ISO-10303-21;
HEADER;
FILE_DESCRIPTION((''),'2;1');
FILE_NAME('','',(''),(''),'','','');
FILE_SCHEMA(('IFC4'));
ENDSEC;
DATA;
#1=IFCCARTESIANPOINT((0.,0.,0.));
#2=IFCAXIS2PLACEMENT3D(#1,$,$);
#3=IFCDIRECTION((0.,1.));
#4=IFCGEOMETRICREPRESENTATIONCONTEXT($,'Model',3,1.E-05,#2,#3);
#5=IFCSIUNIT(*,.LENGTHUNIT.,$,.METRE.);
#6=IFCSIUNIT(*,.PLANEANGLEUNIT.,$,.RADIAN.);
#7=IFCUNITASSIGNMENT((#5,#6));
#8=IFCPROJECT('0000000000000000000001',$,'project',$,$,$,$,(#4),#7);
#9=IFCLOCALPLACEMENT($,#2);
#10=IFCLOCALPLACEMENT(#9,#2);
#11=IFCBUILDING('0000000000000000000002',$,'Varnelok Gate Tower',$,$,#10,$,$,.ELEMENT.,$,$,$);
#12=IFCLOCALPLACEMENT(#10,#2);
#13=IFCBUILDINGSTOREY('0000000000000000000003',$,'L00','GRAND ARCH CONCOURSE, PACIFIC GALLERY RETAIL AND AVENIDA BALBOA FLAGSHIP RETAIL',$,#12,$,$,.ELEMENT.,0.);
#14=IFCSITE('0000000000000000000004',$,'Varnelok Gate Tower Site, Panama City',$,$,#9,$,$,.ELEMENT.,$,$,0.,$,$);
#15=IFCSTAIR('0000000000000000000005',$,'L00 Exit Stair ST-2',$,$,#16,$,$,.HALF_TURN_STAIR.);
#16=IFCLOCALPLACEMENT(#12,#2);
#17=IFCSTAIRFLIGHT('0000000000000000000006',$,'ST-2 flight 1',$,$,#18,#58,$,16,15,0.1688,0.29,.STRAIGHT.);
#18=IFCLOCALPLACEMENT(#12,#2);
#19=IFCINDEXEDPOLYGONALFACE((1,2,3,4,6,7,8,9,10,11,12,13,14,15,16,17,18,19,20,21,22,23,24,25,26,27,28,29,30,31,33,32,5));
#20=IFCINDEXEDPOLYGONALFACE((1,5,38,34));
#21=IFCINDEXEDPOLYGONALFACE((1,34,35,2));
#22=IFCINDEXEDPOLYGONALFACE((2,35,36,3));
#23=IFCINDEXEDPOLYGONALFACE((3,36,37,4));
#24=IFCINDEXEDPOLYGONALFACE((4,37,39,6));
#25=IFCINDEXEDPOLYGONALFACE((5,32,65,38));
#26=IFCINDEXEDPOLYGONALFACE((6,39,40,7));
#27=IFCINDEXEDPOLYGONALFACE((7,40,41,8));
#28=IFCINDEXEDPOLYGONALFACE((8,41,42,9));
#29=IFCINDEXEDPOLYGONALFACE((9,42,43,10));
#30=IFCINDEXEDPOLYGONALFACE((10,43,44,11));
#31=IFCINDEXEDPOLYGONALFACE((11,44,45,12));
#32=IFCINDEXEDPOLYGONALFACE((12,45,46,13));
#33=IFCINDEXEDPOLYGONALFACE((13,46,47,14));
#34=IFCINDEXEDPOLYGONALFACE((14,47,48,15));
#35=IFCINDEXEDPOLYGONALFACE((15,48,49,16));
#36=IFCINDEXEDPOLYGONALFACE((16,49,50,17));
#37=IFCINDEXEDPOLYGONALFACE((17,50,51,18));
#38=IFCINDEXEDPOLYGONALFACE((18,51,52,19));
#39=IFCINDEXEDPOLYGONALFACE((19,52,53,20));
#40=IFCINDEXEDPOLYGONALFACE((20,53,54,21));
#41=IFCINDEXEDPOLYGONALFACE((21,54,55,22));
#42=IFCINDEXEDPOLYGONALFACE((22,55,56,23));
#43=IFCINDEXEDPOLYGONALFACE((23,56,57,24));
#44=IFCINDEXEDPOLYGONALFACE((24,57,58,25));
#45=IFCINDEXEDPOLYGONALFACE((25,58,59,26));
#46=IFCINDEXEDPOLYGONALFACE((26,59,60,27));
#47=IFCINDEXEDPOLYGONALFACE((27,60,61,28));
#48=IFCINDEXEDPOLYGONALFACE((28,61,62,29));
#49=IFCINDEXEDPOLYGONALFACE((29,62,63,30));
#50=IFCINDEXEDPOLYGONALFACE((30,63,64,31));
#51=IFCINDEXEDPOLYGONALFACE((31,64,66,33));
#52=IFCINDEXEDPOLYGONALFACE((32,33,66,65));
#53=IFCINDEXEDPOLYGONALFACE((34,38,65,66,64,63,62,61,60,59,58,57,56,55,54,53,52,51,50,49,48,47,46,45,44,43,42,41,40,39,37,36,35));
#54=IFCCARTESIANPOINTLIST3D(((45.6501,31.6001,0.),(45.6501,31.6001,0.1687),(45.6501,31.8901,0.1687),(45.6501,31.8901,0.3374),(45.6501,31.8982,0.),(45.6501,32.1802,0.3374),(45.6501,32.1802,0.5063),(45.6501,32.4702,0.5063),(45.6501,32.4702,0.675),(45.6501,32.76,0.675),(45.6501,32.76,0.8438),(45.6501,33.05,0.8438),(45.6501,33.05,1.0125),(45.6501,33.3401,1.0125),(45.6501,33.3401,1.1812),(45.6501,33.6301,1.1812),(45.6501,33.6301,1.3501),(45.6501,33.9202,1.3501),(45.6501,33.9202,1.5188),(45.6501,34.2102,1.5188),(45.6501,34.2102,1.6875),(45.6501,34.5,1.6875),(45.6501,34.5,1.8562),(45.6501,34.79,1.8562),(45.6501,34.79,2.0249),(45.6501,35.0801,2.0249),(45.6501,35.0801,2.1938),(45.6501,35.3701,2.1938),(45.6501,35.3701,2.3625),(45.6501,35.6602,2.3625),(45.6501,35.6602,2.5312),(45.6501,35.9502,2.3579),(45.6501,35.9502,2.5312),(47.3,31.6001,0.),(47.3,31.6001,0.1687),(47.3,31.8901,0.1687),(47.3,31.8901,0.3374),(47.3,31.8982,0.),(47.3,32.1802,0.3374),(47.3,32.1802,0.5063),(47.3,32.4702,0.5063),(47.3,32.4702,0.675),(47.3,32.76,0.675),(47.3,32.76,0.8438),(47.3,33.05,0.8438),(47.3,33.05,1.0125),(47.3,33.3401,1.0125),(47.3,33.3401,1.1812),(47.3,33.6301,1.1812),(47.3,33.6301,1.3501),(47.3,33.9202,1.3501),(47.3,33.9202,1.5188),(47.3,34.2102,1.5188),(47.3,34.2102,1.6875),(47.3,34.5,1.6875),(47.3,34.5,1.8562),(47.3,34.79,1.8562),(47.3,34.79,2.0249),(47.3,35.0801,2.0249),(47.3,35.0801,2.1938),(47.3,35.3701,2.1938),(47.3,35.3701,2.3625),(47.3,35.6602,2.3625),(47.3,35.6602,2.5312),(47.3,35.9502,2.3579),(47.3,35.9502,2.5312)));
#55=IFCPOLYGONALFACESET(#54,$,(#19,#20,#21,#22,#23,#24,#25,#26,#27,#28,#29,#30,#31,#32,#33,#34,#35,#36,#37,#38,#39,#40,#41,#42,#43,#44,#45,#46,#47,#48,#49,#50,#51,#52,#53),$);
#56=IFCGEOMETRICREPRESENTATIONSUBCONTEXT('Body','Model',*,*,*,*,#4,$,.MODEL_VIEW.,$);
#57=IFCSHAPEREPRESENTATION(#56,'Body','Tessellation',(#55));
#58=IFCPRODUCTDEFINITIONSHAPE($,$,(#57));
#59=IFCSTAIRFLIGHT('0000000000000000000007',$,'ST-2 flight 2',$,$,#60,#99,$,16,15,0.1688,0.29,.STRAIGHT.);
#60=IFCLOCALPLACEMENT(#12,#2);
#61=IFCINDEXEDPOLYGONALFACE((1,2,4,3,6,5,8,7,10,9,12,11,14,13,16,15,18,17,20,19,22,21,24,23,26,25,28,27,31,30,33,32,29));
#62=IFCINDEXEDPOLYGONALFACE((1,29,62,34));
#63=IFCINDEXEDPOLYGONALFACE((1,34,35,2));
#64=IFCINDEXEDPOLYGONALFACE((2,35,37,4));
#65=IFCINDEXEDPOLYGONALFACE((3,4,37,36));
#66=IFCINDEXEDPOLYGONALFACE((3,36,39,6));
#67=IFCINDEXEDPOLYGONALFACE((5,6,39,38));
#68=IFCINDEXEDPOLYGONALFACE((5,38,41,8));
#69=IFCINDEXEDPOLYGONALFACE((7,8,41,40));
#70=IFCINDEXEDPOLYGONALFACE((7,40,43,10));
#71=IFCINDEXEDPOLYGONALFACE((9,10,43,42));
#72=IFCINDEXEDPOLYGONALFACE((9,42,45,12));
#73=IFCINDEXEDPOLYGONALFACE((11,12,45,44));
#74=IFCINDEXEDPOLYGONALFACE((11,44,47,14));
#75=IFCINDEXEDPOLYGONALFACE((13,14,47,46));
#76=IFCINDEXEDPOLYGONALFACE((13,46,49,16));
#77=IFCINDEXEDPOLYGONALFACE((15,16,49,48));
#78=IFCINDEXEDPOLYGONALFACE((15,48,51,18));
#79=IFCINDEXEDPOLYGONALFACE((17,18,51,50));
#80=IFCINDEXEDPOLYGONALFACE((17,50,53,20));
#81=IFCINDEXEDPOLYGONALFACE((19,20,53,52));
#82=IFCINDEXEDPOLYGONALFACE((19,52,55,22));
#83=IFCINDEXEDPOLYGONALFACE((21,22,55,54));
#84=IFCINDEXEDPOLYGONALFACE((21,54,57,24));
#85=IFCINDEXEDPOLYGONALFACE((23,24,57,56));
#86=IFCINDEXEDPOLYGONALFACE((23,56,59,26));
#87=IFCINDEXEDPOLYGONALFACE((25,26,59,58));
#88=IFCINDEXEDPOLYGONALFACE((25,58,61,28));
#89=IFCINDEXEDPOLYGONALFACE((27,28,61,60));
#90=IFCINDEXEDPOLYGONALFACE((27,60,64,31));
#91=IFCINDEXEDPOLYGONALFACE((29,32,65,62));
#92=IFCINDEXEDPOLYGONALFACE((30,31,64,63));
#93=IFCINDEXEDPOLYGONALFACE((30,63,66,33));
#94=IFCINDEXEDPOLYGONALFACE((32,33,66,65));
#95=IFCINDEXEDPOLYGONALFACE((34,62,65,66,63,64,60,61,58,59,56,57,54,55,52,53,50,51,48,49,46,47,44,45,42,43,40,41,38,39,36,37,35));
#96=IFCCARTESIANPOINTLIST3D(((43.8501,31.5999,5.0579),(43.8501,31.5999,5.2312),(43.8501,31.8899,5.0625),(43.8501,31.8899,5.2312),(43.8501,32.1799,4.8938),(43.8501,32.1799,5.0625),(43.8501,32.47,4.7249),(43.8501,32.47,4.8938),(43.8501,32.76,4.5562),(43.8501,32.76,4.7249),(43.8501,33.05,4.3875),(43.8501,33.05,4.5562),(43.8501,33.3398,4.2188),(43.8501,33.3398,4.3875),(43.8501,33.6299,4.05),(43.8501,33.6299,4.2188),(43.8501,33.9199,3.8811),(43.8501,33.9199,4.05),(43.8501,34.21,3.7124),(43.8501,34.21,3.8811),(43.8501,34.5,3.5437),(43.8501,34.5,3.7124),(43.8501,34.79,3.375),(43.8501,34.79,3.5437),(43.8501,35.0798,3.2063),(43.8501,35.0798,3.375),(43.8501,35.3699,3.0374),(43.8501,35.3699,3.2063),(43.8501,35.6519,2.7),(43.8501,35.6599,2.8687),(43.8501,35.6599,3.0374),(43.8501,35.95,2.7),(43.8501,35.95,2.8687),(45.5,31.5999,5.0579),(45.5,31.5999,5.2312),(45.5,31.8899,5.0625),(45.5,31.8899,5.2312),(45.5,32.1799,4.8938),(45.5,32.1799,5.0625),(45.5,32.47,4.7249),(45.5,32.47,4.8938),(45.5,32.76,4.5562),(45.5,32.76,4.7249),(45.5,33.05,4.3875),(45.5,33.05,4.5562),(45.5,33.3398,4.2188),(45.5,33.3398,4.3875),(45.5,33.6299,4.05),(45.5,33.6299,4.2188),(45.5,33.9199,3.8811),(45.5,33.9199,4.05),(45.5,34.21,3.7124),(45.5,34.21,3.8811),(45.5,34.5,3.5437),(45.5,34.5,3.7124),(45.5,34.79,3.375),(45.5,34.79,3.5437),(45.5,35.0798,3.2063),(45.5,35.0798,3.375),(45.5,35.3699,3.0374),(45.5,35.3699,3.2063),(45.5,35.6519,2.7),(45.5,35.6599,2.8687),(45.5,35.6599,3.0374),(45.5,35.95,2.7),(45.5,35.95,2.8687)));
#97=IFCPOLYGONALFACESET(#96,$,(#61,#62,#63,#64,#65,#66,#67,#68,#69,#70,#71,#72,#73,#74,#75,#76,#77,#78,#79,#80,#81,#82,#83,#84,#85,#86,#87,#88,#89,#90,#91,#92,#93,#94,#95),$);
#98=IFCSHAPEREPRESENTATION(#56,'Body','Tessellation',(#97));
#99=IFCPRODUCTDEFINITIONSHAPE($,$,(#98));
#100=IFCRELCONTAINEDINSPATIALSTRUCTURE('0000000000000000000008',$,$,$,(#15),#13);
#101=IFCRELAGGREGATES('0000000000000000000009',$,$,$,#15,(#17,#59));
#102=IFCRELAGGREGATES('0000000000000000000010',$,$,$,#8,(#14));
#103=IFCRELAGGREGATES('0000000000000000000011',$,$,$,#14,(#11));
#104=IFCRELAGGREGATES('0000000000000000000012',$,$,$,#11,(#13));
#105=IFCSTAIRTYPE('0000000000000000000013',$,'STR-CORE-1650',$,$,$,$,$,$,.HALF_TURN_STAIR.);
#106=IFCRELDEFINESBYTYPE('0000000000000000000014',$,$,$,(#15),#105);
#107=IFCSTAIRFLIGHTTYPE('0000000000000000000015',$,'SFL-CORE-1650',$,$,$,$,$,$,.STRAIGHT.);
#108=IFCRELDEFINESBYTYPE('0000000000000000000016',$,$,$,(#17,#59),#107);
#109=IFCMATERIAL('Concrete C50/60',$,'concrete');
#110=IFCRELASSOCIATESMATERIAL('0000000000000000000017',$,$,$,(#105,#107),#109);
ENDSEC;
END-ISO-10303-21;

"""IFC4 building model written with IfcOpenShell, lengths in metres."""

from ifc_helpers import new_model, si_unit, direction, frame, origin, place, context, subcontext, project, spatial, polyline, outline, extrude, material, type_object, element, aggregate, save


model = new_model("IFC4")

# Units and contexts
model_context = context("Model", 3, precision=1e-05, world=origin(), true_north=direction((0.0, 1.0)))
body_context = subcontext(model_context, "Body", "Model", "MODEL_VIEW")
ifc_project = project(units=[si_unit("LENGTHUNIT", "METRE"), si_unit("PLANEANGLEUNIT", "RADIAN")], contexts=[model_context])

# Site, building, storey
site_placement = place(None, origin())
site = spatial("IfcSite", under=ifc_project, at=site_placement, Name="Varnelok Gate Tower Site, Panama City", CompositionType="ELEMENT", RefElevation=0.0)
building_placement = place(site_placement, origin())
building = spatial("IfcBuilding", under=site, at=building_placement, Name="Varnelok Gate Tower", CompositionType="ELEMENT")
storey_placement = place(building_placement, origin())
storey = spatial("IfcBuildingStorey", under=building, at=storey_placement, Name="L00", Description="GRAND ARCH CONCOURSE, PACIFIC GALLERY RETAIL AND AVENIDA BALBOA FLAGSHIP RETAIL", CompositionType="ELEMENT", Elevation=0.0)

# Stair, stair flights
ifc_material_1 = material(Name="Concrete C50/60", Category="concrete")
stair_type = type_object("IfcStairType", Name="STR-CORE-1650", PredefinedType="HALF_TURN_STAIR", material=ifc_material_1)
stair_placement = place(storey_placement, origin())
stair = element("IfcStair", 1, at=stair_placement, inside=storey, type_object=stair_type, Name="L00 Exit Stair ST-2", PredefinedType="HALF_TURN_STAIR")
stair_flight_type = type_object("IfcStairFlightType", Name="SFL-CORE-1650", PredefinedType="STRAIGHT", material=ifc_material_1)
stair_flight_1_placement = place(storey_placement, frame((46.4751, 31.6001, 0.0), z_axis=(0.0, 0.0, 1.0), x_axis=(0.0, 1.0, 0.0)))
stair_flight_1 = element("IfcStairFlight", 2, at=stair_flight_1_placement, type_object=stair_flight_type, Name="ST-2 flight 1", NumberOfRisers=16, NumberOfTreads=15, PredefinedType="STRAIGHT", RiserHeight=0.1688, TreadLength=0.29, context=body_context, shape_type="SweptSolid", body=[
    extrude(outline(polyline([(0.0, 0.0), (0.0, 0.1687), (0.29, 0.1687), (0.29, 0.3374), (0.5801, 0.3374), (0.5801, 0.5063), (0.8701, 0.5063), (0.8701, 0.675), (1.1599, 0.675), (1.1599, 0.8438), (1.45, 0.8438), (1.45, 1.0125), (1.74, 1.0125), (1.74, 1.1812), (2.03, 1.1812), (2.03, 1.3501), (2.3201, 1.3501), (2.3201, 1.5188), (2.6101, 1.5188), (2.6101, 1.6875), (2.8999, 1.6875), (2.8999, 1.8562), (3.1899, 1.8562), (3.1899, 2.0249), (3.48, 2.0249), (3.48, 2.1938), (3.77, 2.1938), (3.77, 2.3625), (4.0601, 2.3625), (4.0601, 2.5312), (4.3501, 2.5312), (4.3501, 2.7), (4.3501, 2.3579), (0.2981, 0.0), (0.0, 0.0)])), frame((0.0, 0.825, 0.0), z_axis=(0.0, -1.0, 0.0), x_axis=(1.0, 0.0, 0.0)), (0.0, 0.0, 1.0), 1.6499),
])
stair_flight_2_placement = place(storey_placement, frame((44.675, 35.95, 2.7), z_axis=(0.0, 0.0, 1.0), x_axis=(0.0, -1.0, 0.0)))
stair_flight_2 = element("IfcStairFlight", 3, at=stair_flight_2_placement, type_object=stair_flight_type, Name="ST-2 flight 2", NumberOfRisers=16, NumberOfTreads=15, PredefinedType="STRAIGHT", RiserHeight=0.1688, TreadLength=0.29, context=body_context, shape_type="SweptSolid", body=[
    extrude(outline(polyline([(0.0, 0.0), (0.0, 0.1687), (0.29, 0.1687), (0.29, 0.3374), (0.5801, 0.3374), (0.5801, 0.5063), (0.8701, 0.5063), (0.8701, 0.675), (1.1599, 0.675), (1.1599, 0.8438), (1.45, 0.8438), (1.45, 1.0125), (1.74, 1.0125), (1.74, 1.1812), (2.03, 1.1812), (2.03, 1.3501), (2.3201, 1.3501), (2.3201, 1.5188), (2.6101, 1.5188), (2.6101, 1.6875), (2.8999, 1.6875), (2.8999, 1.8562), (3.1899, 1.8562), (3.1899, 2.0249), (3.48, 2.0249), (3.48, 2.1938), (3.77, 2.1938), (3.77, 2.3625), (4.0601, 2.3625), (4.0601, 2.5312), (4.3501, 2.5312), (4.3501, 2.7), (4.3501, 2.3579), (0.2981, 0.0), (0.0, 0.0)])), frame((0.0, 0.825, 0.0), z_axis=(0.0, -1.0, 0.0), x_axis=(1.0, 0.0, 0.0)), (0.0, 0.0, 1.0), 1.6499),
])
aggregate(stair, [stair_flight_1, stair_flight_2])

save(model, "model.ifc")
